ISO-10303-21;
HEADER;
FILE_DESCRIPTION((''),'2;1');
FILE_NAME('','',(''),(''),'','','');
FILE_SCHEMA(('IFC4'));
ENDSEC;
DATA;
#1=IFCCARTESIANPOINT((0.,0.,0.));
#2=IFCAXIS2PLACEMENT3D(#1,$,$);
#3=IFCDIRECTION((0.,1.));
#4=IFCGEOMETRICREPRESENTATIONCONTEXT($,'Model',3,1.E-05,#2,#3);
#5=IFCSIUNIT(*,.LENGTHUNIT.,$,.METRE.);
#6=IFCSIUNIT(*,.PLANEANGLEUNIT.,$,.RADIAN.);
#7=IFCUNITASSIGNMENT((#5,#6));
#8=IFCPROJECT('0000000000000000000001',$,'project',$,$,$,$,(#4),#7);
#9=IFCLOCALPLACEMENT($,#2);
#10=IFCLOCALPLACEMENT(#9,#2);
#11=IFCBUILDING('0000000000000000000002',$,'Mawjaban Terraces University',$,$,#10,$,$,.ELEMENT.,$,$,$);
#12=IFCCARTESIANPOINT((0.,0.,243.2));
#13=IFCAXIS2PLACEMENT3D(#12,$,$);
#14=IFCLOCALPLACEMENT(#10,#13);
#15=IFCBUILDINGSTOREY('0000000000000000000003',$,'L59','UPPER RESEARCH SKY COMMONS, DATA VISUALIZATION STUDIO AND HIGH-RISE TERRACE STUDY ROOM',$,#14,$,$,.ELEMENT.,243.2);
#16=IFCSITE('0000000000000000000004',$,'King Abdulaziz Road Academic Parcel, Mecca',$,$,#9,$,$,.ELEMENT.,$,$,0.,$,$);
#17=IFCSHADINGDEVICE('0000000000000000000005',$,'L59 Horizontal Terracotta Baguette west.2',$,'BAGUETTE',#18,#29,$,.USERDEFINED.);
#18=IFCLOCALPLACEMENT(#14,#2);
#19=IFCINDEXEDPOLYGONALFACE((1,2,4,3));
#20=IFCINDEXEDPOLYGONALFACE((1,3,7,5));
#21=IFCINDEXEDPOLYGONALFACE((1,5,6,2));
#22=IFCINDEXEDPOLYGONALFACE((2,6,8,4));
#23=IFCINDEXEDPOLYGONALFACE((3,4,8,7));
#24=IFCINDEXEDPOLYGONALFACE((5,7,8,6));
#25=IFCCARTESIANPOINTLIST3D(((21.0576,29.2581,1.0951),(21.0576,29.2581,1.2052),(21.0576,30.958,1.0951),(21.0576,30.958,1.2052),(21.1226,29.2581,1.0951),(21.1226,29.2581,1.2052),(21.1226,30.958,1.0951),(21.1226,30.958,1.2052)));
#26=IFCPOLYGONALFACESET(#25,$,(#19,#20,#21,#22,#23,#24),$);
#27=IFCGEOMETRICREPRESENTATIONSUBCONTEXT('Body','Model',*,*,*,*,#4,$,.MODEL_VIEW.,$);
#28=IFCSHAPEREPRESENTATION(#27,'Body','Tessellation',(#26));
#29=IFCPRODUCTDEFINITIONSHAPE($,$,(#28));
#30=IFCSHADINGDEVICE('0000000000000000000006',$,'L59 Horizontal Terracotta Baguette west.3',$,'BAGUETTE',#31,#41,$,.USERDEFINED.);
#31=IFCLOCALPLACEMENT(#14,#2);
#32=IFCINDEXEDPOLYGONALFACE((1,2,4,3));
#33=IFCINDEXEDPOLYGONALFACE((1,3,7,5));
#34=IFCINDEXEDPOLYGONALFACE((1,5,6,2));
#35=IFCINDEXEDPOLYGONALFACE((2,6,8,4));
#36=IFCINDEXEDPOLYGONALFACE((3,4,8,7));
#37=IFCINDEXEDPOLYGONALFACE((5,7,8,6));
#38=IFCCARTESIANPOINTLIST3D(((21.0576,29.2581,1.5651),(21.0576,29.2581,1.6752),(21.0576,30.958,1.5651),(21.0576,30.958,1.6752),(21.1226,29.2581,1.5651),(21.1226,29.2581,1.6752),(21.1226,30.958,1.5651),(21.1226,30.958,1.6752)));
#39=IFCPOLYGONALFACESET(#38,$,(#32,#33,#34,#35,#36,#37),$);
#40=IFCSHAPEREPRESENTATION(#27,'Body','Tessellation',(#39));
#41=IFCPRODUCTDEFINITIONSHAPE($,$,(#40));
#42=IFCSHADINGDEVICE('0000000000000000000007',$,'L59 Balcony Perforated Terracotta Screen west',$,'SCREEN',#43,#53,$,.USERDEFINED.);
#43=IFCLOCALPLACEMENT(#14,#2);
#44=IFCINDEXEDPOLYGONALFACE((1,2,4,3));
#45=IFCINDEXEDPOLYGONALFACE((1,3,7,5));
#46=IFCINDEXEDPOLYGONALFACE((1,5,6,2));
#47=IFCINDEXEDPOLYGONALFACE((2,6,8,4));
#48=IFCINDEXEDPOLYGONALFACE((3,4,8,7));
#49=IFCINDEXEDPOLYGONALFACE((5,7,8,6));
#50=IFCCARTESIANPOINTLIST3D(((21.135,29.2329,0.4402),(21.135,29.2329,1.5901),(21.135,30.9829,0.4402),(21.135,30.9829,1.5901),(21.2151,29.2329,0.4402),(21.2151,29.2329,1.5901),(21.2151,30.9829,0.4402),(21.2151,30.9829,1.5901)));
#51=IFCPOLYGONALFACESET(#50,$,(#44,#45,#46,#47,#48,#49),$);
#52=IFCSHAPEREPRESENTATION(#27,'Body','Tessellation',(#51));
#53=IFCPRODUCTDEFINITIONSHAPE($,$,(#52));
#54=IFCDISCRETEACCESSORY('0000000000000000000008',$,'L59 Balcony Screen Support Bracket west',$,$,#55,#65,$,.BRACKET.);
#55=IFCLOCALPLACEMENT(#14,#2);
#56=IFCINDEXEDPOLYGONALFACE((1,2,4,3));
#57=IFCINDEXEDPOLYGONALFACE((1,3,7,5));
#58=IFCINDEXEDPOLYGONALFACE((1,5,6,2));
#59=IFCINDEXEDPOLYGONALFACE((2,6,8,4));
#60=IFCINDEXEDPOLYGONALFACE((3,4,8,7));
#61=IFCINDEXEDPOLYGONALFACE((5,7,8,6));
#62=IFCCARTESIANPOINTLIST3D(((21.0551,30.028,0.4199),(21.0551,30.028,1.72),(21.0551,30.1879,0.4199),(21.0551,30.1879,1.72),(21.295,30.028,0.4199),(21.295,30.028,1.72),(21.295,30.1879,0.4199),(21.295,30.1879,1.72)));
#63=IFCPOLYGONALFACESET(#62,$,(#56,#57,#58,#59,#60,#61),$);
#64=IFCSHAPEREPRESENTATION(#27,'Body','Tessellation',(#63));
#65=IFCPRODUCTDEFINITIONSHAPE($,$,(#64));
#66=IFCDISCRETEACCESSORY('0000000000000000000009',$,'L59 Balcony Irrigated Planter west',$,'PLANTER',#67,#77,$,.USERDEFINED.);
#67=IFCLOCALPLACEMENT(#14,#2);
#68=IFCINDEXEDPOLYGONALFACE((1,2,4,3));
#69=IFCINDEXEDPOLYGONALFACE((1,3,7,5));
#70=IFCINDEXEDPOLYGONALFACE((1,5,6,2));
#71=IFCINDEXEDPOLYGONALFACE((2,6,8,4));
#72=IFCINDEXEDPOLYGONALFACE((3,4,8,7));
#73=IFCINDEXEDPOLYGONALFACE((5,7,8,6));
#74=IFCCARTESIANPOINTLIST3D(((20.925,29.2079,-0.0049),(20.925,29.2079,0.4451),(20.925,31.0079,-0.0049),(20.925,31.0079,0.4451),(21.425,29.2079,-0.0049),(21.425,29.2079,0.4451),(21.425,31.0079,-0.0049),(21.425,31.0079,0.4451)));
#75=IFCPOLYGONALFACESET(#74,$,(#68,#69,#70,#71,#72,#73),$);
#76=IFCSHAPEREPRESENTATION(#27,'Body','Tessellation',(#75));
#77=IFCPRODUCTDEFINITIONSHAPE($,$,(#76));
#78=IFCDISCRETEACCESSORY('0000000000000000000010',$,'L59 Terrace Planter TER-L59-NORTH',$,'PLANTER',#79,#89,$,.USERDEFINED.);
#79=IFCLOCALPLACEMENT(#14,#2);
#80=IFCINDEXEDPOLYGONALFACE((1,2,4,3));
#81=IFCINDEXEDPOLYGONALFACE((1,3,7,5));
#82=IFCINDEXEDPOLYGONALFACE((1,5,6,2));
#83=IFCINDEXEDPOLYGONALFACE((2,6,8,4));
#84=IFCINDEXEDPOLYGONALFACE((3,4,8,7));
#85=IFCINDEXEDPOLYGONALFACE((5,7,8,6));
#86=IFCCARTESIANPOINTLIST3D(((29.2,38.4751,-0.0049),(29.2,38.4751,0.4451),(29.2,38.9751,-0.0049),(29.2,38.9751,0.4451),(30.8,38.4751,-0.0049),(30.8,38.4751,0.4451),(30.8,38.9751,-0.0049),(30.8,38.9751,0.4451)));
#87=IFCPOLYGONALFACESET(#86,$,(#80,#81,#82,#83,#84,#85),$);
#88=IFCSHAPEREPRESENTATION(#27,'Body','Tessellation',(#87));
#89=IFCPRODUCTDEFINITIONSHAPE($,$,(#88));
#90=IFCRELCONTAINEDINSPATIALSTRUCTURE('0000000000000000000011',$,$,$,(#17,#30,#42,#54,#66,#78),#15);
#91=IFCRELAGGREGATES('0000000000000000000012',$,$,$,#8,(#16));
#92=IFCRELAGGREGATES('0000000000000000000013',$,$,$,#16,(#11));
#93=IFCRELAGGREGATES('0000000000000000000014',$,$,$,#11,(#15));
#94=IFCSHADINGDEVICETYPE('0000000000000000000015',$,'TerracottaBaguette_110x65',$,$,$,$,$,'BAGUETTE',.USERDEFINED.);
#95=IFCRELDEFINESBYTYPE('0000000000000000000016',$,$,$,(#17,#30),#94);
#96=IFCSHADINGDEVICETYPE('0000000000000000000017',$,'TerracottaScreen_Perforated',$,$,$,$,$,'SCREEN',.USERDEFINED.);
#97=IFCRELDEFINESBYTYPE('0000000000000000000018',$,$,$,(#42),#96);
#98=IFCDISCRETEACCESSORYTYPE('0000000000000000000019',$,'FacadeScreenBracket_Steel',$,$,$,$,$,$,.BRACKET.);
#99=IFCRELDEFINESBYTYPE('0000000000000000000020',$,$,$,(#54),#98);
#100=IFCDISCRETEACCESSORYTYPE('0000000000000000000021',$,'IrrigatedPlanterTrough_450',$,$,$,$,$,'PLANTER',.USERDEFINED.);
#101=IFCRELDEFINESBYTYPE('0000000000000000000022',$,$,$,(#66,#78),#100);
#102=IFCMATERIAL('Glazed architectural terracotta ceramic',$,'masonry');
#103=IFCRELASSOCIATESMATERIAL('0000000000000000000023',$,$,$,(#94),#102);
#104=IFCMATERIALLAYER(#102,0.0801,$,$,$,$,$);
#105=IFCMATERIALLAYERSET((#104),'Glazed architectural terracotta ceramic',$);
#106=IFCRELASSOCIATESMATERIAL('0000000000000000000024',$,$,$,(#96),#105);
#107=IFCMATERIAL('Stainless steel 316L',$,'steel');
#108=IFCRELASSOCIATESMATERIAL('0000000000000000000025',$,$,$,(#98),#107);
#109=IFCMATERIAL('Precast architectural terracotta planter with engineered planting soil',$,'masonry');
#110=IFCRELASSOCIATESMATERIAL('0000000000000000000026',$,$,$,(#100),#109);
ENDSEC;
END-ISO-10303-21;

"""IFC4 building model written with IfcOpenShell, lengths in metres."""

from ifc_helpers import new_model, si_unit, direction, frame, origin, origin_2d, place, context, subcontext, project, spatial, rectangle, extrude, material, layer, layer_set, material_profile, profile_set, type_object, element, save


model = new_model("IFC4")

# Units and contexts
model_context = context("Model", 3, precision=1e-05, world=origin(), true_north=direction((0.0, 1.0)))
body_context = subcontext(model_context, "Body", "Model", "MODEL_VIEW")
ifc_project = project(units=[si_unit("LENGTHUNIT", "METRE"), si_unit("PLANEANGLEUNIT", "RADIAN")], contexts=[model_context])

# Site, building, storey
site_placement = place(None, origin())
site = spatial("IfcSite", under=ifc_project, at=site_placement, Name="King Abdulaziz Road Academic Parcel, Mecca", CompositionType="ELEMENT", RefElevation=0.0)
building_placement = place(site_placement, origin())
building = spatial("IfcBuilding", under=site, at=building_placement, Name="Mawjaban Terraces University", CompositionType="ELEMENT")
storey_placement = place(building_placement, frame((0.0, 0.0, 243.2)))
storey = spatial("IfcBuildingStorey", under=building, at=storey_placement, Name="L59", Description="UPPER RESEARCH SKY COMMONS, DATA VISUALIZATION STUDIO AND HIGH-RISE TERRACE STUDY ROOM", CompositionType="ELEMENT", Elevation=243.2)

# Shading devices
ifc_material_1 = material(Name="Glazed architectural terracotta ceramic", Category="masonry")
ifc_material_profile_1 = material_profile(ifc_material_1, rectangle(XDim=0.0649, YDim=0.1101, at=origin_2d()), Name="TBAG110X65")
ifc_profile_set_1 = profile_set([ifc_material_profile_1], Name="Glazed architectural terracotta ceramic")
shading_device_type_1 = type_object("IfcShadingDeviceType", Name="TerracottaBaguette_110x65", ElementType="BAGUETTE", PredefinedType="USERDEFINED", material=ifc_profile_set_1)
for number, where, z_axis, x_axis, name in (
    (1, (21.0901, 29.2581, 1.1501), (0.0, 1.0, 0.0), (-1.0, 0.0, 0.0), "L59 Horizontal Terracotta Baguette west.2"),
    (2, (21.0901, 29.2581, 1.6201), (0.0, 1.0, 0.0), (-1.0, 0.0, 0.0), "L59 Horizontal Terracotta Baguette west.3"),
):
    element("IfcShadingDevice", number, at=place(storey_placement, frame(where, z_axis=z_axis, x_axis=x_axis)), inside=storey, type_object=shading_device_type_1, Name=name, ObjectType="BAGUETTE", PredefinedType="USERDEFINED", context=body_context, shape_type="SweptSolid", body=[
        extrude(rectangle(XDim=0.0649, YDim=0.1101, at=origin_2d()), origin(), (0.0, 0.0, 1.0), 1.7),
    ])
ifc_layer_1 = layer(ifc_material_1, 0.0801)
ifc_layer_set_1 = layer_set([ifc_layer_1], Name="Glazed architectural terracotta ceramic")
shading_device_type_2 = type_object("IfcShadingDeviceType", Name="TerracottaScreen_Perforated", ElementType="SCREEN", PredefinedType="USERDEFINED", material=ifc_layer_set_1)
shading_device_placement = place(storey_placement, frame((21.175, 30.1079, 0.4402), z_axis=(0.0, 0.0, 1.0), x_axis=(0.0, 1.0, 0.0)))
element("IfcShadingDevice", 3, at=shading_device_placement, inside=storey, type_object=shading_device_type_2, Name="L59 Balcony Perforated Terracotta Screen west", ObjectType="SCREEN", PredefinedType="USERDEFINED", context=body_context, shape_type="SweptSolid", body=[
    extrude(rectangle(XDim=1.75, YDim=0.0801, at=origin_2d()), origin(), (0.0, 0.0, 1.0), 1.1499),
])

# Discrete accessories
ifc_material_2 = material(Name="Stainless steel 316L", Category="steel")
discrete_accessory_type_1 = type_object("IfcDiscreteAccessoryType", Name="FacadeScreenBracket_Steel", PredefinedType="BRACKET", material=ifc_material_2)
discrete_accessory_1_placement = place(storey_placement, frame((21.175, 30.1079, 0.4199), z_axis=(0.0, 0.0, 1.0), x_axis=(0.0, 1.0, 0.0)))
element("IfcDiscreteAccessory", 4, at=discrete_accessory_1_placement, inside=storey, type_object=discrete_accessory_type_1, Name="L59 Balcony Screen Support Bracket west", PredefinedType="BRACKET", context=body_context, shape_type="SweptSolid", body=[
    extrude(rectangle(XDim=0.1599, YDim=0.24, at=origin_2d()), origin(), (0.0, 0.0, 1.0), 1.3),
])
ifc_material_3 = material(Name="Precast architectural terracotta planter with engineered planting soil", Category="masonry")
discrete_accessory_type_2 = type_object("IfcDiscreteAccessoryType", Name="IrrigatedPlanterTrough_450", ElementType="PLANTER", PredefinedType="USERDEFINED", material=ifc_material_3)
discrete_accessory_2_placement = place(storey_placement, frame((21.175, 30.1079, -0.0049), z_axis=(0.0, 0.0, 1.0), x_axis=(0.0, 1.0, 0.0)))
element("IfcDiscreteAccessory", 5, at=discrete_accessory_2_placement, inside=storey, type_object=discrete_accessory_type_2, Name="L59 Balcony Irrigated Planter west", ObjectType="PLANTER", PredefinedType="USERDEFINED", context=body_context, shape_type="SweptSolid", body=[
    extrude(rectangle(XDim=1.8, YDim=0.5, at=origin_2d()), origin(), (0.0, 0.0, 1.0), 0.45),
])
discrete_accessory_3_placement = place(storey_placement, frame((30.0, 38.7251, -0.0049), z_axis=(0.0, 0.0, 1.0), x_axis=(1.0, 0.0, 0.0)))
element("IfcDiscreteAccessory", 6, at=discrete_accessory_3_placement, inside=storey, type_object=discrete_accessory_type_2, Name="L59 Terrace Planter TER-L59-NORTH", ObjectType="PLANTER", PredefinedType="USERDEFINED", context=body_context, shape_type="SweptSolid", body=[
    extrude(rectangle(XDim=1.6001, YDim=0.5, at=origin_2d()), origin(), (0.0, 0.0, 1.0), 0.45),
])

save(model, "model.ifc")
